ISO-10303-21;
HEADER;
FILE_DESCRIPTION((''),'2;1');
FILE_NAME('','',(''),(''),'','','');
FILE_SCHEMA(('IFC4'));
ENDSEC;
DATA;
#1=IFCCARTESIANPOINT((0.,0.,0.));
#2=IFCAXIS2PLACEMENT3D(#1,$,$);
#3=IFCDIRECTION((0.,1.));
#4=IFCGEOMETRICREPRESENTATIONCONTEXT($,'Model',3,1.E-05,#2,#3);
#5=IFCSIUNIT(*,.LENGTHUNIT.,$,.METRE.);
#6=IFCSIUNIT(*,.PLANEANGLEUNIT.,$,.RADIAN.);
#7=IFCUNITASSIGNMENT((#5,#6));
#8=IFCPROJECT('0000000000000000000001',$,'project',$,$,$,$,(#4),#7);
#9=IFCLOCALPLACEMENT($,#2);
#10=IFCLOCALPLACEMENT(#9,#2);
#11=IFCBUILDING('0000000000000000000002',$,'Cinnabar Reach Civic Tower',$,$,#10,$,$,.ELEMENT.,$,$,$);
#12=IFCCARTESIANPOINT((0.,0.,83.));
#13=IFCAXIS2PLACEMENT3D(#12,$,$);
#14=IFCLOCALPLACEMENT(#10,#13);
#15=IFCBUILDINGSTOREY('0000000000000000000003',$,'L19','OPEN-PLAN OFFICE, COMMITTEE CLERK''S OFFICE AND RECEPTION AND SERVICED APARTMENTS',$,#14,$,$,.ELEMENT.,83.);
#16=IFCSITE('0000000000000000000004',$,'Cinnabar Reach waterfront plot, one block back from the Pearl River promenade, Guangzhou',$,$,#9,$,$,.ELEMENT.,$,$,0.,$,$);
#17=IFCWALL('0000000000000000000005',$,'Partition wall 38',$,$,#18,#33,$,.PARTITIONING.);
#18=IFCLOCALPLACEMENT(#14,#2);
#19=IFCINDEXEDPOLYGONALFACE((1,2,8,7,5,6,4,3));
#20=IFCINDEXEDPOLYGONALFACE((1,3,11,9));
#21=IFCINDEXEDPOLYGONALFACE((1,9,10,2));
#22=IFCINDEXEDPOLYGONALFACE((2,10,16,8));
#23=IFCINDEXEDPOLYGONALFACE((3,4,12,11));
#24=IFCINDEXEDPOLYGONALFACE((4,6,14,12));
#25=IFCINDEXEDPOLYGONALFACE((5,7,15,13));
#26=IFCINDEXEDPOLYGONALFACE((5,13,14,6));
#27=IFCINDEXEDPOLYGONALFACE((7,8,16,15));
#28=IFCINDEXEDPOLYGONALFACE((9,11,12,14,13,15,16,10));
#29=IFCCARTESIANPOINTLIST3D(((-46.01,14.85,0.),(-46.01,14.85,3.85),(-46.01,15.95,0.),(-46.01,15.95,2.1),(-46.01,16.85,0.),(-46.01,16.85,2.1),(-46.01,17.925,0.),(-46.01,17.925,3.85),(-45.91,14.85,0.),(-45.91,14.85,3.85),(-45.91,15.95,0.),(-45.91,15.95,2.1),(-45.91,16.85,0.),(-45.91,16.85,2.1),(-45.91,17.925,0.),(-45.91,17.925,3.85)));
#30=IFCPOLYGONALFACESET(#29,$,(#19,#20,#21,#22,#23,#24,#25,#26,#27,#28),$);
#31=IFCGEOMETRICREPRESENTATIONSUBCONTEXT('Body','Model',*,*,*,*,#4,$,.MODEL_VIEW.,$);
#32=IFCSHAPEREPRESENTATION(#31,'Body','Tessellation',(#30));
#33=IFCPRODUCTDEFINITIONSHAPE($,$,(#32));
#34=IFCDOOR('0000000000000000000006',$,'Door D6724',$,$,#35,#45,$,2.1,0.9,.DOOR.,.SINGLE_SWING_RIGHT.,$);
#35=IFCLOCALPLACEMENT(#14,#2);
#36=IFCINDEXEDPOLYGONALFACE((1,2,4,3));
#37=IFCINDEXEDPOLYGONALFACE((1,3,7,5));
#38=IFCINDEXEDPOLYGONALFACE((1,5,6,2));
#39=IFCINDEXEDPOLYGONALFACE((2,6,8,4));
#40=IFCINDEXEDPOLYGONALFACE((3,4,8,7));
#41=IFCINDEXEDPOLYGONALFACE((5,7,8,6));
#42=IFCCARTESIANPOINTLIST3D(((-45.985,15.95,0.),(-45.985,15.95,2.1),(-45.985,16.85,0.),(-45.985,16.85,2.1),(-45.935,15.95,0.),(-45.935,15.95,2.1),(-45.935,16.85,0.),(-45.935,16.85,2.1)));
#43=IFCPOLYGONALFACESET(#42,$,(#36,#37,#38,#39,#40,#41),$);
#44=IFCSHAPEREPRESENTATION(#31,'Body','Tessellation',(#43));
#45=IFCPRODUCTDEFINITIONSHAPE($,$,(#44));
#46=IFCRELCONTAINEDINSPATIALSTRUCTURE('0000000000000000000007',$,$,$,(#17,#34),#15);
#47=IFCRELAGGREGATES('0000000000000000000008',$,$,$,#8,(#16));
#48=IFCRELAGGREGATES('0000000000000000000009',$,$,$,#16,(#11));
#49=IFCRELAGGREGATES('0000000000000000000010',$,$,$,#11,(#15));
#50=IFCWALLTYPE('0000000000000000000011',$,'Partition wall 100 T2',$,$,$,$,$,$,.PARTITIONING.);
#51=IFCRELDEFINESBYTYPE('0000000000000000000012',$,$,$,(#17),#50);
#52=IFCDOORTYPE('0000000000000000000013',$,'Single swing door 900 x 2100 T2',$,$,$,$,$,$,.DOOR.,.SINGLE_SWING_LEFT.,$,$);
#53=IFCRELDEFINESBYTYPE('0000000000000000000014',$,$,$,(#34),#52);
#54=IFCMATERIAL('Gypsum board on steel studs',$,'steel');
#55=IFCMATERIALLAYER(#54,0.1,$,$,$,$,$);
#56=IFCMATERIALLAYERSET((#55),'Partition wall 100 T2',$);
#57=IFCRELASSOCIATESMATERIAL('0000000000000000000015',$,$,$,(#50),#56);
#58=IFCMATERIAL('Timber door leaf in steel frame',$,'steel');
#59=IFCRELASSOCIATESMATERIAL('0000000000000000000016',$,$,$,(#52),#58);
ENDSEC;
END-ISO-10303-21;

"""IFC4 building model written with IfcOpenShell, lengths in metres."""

from ifc_helpers import new_model, si_unit, direction, frame, frame_2d, origin, place, context, subcontext, project, spatial, rectangle, extrude, material, layer, layer_set, type_object, element, fill, save


model = new_model("IFC4")

# Units and contexts
model_context = context("Model", 3, precision=1e-05, world=origin(), true_north=direction((0.0, 1.0)))
body_context = subcontext(model_context, "Body", "Model", "MODEL_VIEW")
ifc_project = project(units=[si_unit("LENGTHUNIT", "METRE"), si_unit("PLANEANGLEUNIT", "RADIAN")], contexts=[model_context])

# Site, building, storey
site_placement = place(None, origin())
site = spatial("IfcSite", under=ifc_project, at=site_placement, Name="Cinnabar Reach waterfront plot, one block back from the Pearl River promenade, Guangzhou", CompositionType="ELEMENT", RefElevation=0.0)
building_placement = place(site_placement, origin())
building = spatial("IfcBuilding", under=site, at=building_placement, Name="Cinnabar Reach Civic Tower", CompositionType="ELEMENT")
storey_placement = place(building_placement, frame((0.0, 0.0, 83.0)))
storey = spatial("IfcBuildingStorey", under=building, at=storey_placement, Name="L19", Description="OPEN-PLAN OFFICE, COMMITTEE CLERK'S OFFICE AND RECEPTION AND SERVICED APARTMENTS", CompositionType="ELEMENT", Elevation=83.0)

# Wall, opening, door
ifc_material_1 = material(Name="Timber door leaf in steel frame", Category="steel")
ifc_material_2 = material(Name="Gypsum board on steel studs", Category="steel")
ifc_layer_1 = layer(ifc_material_2, 0.1)
ifc_layer_set_1 = layer_set([ifc_layer_1], Name="Partition wall 100 T2")
wall_type_1 = type_object("IfcWallType", Name="Partition wall 100 T2", PredefinedType="PARTITIONING", material=ifc_layer_set_1)
door_type_1 = type_object("IfcDoorType", Name="Single swing door 900 x 2100 T2", OperationType="SINGLE_SWING_LEFT", PredefinedType="DOOR", material=ifc_material_1)
wall_1_placement = place(storey_placement, frame((-45.96, 14.85, 0.0), z_axis=(0.0, 0.0, 1.0), x_axis=(0.0, 1.0, 0.0)))
wall_1 = element("IfcWall", 1, at=wall_1_placement, inside=storey, type_object=wall_type_1, Name="Partition wall 38", PredefinedType="PARTITIONING", context=body_context, shape_type="SweptSolid", body=[
    extrude(rectangle(XDim=3.075, YDim=0.1, at=frame_2d((1.5375, 0.0))), origin(), (0.0, 0.0, 1.0), 3.85),
])
opening_1_placement = place(wall_1_placement, frame((1.1, 0.0, 0.0)))
opening_1 = element("IfcOpeningElement", 2, at=opening_1_placement, cuts=wall_1, PredefinedType="OPENING", context=body_context, shape_type="SweptSolid", body=[
    extrude(rectangle(XDim=0.9, YDim=2.1, at=frame_2d((0.45, 1.05))), frame((0.0, 0.06, 0.0), z_axis=(0.0, -1.0, 0.0), x_axis=(1.0, 0.0, 0.0)), (0.0, 0.0, 1.0), 0.12),
])
door_1_placement = place(opening_1_placement, origin())
door_1 = element("IfcDoor", 3, at=door_1_placement, inside=storey, type_object=door_type_1, Name="Door D6724", OperationType="SINGLE_SWING_RIGHT", OverallHeight=2.1, OverallWidth=0.9, PredefinedType="DOOR", context=body_context, shape_type="SweptSolid", body=[
    extrude(rectangle(XDim=0.9, YDim=2.1, at=frame_2d((0.45, 1.05))), frame((0.0, 0.025, 0.0), z_axis=(0.0, -1.0, 0.0), x_axis=(1.0, 0.0, 0.0)), (0.0, 0.0, 1.0), 0.05),
])
fill(opening_1, door_1)

save(model, "model.ifc")
